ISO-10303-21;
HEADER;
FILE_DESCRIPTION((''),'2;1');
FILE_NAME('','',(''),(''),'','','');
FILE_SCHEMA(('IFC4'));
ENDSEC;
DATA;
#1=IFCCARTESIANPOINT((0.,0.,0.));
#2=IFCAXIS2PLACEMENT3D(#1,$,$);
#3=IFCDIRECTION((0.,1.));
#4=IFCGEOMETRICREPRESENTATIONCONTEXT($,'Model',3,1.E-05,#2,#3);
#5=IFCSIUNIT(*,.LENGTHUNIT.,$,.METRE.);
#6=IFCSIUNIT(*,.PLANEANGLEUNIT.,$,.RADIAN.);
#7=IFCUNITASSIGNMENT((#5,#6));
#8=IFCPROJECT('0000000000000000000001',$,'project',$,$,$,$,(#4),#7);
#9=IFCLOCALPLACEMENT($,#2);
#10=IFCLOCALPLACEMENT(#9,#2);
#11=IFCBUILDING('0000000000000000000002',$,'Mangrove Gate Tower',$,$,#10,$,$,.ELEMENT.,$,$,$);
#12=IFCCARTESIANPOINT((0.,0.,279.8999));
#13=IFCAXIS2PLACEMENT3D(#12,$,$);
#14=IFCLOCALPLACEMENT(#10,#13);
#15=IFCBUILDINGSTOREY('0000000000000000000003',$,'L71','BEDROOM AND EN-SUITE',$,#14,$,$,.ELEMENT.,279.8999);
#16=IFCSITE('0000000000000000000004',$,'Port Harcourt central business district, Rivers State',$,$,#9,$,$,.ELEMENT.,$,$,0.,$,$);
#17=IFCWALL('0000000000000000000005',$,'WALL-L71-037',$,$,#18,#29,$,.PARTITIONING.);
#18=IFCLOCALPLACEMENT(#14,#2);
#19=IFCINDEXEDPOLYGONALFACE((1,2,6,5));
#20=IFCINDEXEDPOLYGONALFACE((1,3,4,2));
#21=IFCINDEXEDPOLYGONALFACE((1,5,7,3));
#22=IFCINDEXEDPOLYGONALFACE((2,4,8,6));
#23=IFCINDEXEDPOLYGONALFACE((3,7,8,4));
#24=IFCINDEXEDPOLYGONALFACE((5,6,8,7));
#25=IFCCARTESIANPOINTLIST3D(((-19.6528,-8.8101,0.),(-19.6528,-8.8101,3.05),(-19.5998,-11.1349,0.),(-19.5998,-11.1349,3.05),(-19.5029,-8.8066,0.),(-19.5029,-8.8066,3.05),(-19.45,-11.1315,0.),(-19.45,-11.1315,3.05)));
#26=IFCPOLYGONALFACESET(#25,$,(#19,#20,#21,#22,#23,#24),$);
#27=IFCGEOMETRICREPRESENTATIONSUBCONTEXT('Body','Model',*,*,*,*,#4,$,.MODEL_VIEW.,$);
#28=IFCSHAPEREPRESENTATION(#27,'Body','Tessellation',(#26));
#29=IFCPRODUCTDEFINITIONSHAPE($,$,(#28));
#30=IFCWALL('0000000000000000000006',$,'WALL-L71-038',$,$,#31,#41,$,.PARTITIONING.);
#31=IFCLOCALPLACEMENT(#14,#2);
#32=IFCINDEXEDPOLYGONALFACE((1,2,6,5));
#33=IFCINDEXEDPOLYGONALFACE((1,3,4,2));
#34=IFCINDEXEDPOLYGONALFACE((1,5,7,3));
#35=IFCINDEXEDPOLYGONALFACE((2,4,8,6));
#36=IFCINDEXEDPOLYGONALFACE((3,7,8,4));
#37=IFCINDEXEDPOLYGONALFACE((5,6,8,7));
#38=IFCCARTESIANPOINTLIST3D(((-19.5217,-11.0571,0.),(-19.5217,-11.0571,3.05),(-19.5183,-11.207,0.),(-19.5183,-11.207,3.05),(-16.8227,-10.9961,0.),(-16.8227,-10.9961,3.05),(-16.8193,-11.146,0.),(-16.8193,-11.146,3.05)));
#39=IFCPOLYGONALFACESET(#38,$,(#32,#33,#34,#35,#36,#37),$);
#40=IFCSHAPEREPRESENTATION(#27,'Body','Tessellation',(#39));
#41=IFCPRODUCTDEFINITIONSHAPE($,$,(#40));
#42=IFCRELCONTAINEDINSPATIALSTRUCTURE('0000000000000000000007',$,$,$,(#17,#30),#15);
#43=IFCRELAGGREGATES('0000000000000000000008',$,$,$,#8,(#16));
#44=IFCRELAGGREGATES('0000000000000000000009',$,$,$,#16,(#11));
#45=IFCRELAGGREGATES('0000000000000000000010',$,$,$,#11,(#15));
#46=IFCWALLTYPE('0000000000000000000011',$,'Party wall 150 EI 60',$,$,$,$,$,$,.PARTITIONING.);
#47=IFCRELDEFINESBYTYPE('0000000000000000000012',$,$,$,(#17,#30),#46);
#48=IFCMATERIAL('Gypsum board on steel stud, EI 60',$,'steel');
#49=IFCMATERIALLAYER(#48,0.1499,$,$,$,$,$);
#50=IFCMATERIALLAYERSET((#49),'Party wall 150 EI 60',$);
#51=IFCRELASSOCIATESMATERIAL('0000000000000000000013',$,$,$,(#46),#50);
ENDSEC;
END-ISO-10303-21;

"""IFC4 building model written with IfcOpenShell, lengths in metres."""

from ifc_helpers import new_model, si_unit, direction, frame, frame_2d, origin, place, context, subcontext, project, spatial, rectangle, extrude, material, layer, layer_set, type_object, element, save


model = new_model("IFC4")

# Units and contexts
model_context = context("Model", 3, precision=1e-05, world=origin(), true_north=direction((0.0, 1.0)))
body_context = subcontext(model_context, "Body", "Model", "MODEL_VIEW")
ifc_project = project(units=[si_unit("LENGTHUNIT", "METRE"), si_unit("PLANEANGLEUNIT", "RADIAN")], contexts=[model_context])

# Site, building, storey
site_placement = place(None, origin())
site = spatial("IfcSite", under=ifc_project, at=site_placement, Name="Port Harcourt central business district, Rivers State", CompositionType="ELEMENT", RefElevation=0.0)
building_placement = place(site_placement, origin())
building = spatial("IfcBuilding", under=site, at=building_placement, Name="Mangrove Gate Tower", CompositionType="ELEMENT")
storey_placement = place(building_placement, frame((0.0, 0.0, 279.8999)))
storey = spatial("IfcBuildingStorey", under=building, at=storey_placement, Name="L71", Description="BEDROOM AND EN-SUITE", CompositionType="ELEMENT", Elevation=279.8999)

# Walls
ifc_material_1 = material(Name="Gypsum board on steel stud, EI 60", Category="steel")
ifc_layer_1 = layer(ifc_material_1, 0.1499)
ifc_layer_set_1 = layer_set([ifc_layer_1], Name="Party wall 150 EI 60")
wall_type_1 = type_object("IfcWallType", Name="Party wall 150 EI 60", PredefinedType="PARTITIONING", material=ifc_layer_set_1)
wall_1_placement = place(storey_placement, frame((-19.5249, -11.1331, 0.0), z_axis=(0.0, 0.0, 1.0), x_axis=(-0.022781, 0.99974, 0.0)))
element("IfcWall", 1, at=wall_1_placement, inside=storey, type_object=wall_type_1, Name="WALL-L71-037", PredefinedType="PARTITIONING", context=body_context, shape_type="SweptSolid", body=[
    extrude(rectangle(XDim=2.3254, YDim=0.1499, at=frame_2d((1.1626, 0.0))), origin(), (0.0, 0.0, 1.0), 3.05),
])
wall_2_placement = place(storey_placement, frame((-19.52, -11.1321, 0.0), z_axis=(0.0, 0.0, 1.0), x_axis=(0.999744, 0.022608, 0.0)))
element("IfcWall", 2, at=wall_2_placement, inside=storey, type_object=wall_type_1, Name="WALL-L71-038", PredefinedType="PARTITIONING", context=body_context, shape_type="SweptSolid", body=[
    extrude(rectangle(XDim=2.6997, YDim=0.1499, at=frame_2d((1.3499, 0.0))), origin(), (0.0, 0.0, 1.0), 3.05),
])

save(model, "model.ifc")
